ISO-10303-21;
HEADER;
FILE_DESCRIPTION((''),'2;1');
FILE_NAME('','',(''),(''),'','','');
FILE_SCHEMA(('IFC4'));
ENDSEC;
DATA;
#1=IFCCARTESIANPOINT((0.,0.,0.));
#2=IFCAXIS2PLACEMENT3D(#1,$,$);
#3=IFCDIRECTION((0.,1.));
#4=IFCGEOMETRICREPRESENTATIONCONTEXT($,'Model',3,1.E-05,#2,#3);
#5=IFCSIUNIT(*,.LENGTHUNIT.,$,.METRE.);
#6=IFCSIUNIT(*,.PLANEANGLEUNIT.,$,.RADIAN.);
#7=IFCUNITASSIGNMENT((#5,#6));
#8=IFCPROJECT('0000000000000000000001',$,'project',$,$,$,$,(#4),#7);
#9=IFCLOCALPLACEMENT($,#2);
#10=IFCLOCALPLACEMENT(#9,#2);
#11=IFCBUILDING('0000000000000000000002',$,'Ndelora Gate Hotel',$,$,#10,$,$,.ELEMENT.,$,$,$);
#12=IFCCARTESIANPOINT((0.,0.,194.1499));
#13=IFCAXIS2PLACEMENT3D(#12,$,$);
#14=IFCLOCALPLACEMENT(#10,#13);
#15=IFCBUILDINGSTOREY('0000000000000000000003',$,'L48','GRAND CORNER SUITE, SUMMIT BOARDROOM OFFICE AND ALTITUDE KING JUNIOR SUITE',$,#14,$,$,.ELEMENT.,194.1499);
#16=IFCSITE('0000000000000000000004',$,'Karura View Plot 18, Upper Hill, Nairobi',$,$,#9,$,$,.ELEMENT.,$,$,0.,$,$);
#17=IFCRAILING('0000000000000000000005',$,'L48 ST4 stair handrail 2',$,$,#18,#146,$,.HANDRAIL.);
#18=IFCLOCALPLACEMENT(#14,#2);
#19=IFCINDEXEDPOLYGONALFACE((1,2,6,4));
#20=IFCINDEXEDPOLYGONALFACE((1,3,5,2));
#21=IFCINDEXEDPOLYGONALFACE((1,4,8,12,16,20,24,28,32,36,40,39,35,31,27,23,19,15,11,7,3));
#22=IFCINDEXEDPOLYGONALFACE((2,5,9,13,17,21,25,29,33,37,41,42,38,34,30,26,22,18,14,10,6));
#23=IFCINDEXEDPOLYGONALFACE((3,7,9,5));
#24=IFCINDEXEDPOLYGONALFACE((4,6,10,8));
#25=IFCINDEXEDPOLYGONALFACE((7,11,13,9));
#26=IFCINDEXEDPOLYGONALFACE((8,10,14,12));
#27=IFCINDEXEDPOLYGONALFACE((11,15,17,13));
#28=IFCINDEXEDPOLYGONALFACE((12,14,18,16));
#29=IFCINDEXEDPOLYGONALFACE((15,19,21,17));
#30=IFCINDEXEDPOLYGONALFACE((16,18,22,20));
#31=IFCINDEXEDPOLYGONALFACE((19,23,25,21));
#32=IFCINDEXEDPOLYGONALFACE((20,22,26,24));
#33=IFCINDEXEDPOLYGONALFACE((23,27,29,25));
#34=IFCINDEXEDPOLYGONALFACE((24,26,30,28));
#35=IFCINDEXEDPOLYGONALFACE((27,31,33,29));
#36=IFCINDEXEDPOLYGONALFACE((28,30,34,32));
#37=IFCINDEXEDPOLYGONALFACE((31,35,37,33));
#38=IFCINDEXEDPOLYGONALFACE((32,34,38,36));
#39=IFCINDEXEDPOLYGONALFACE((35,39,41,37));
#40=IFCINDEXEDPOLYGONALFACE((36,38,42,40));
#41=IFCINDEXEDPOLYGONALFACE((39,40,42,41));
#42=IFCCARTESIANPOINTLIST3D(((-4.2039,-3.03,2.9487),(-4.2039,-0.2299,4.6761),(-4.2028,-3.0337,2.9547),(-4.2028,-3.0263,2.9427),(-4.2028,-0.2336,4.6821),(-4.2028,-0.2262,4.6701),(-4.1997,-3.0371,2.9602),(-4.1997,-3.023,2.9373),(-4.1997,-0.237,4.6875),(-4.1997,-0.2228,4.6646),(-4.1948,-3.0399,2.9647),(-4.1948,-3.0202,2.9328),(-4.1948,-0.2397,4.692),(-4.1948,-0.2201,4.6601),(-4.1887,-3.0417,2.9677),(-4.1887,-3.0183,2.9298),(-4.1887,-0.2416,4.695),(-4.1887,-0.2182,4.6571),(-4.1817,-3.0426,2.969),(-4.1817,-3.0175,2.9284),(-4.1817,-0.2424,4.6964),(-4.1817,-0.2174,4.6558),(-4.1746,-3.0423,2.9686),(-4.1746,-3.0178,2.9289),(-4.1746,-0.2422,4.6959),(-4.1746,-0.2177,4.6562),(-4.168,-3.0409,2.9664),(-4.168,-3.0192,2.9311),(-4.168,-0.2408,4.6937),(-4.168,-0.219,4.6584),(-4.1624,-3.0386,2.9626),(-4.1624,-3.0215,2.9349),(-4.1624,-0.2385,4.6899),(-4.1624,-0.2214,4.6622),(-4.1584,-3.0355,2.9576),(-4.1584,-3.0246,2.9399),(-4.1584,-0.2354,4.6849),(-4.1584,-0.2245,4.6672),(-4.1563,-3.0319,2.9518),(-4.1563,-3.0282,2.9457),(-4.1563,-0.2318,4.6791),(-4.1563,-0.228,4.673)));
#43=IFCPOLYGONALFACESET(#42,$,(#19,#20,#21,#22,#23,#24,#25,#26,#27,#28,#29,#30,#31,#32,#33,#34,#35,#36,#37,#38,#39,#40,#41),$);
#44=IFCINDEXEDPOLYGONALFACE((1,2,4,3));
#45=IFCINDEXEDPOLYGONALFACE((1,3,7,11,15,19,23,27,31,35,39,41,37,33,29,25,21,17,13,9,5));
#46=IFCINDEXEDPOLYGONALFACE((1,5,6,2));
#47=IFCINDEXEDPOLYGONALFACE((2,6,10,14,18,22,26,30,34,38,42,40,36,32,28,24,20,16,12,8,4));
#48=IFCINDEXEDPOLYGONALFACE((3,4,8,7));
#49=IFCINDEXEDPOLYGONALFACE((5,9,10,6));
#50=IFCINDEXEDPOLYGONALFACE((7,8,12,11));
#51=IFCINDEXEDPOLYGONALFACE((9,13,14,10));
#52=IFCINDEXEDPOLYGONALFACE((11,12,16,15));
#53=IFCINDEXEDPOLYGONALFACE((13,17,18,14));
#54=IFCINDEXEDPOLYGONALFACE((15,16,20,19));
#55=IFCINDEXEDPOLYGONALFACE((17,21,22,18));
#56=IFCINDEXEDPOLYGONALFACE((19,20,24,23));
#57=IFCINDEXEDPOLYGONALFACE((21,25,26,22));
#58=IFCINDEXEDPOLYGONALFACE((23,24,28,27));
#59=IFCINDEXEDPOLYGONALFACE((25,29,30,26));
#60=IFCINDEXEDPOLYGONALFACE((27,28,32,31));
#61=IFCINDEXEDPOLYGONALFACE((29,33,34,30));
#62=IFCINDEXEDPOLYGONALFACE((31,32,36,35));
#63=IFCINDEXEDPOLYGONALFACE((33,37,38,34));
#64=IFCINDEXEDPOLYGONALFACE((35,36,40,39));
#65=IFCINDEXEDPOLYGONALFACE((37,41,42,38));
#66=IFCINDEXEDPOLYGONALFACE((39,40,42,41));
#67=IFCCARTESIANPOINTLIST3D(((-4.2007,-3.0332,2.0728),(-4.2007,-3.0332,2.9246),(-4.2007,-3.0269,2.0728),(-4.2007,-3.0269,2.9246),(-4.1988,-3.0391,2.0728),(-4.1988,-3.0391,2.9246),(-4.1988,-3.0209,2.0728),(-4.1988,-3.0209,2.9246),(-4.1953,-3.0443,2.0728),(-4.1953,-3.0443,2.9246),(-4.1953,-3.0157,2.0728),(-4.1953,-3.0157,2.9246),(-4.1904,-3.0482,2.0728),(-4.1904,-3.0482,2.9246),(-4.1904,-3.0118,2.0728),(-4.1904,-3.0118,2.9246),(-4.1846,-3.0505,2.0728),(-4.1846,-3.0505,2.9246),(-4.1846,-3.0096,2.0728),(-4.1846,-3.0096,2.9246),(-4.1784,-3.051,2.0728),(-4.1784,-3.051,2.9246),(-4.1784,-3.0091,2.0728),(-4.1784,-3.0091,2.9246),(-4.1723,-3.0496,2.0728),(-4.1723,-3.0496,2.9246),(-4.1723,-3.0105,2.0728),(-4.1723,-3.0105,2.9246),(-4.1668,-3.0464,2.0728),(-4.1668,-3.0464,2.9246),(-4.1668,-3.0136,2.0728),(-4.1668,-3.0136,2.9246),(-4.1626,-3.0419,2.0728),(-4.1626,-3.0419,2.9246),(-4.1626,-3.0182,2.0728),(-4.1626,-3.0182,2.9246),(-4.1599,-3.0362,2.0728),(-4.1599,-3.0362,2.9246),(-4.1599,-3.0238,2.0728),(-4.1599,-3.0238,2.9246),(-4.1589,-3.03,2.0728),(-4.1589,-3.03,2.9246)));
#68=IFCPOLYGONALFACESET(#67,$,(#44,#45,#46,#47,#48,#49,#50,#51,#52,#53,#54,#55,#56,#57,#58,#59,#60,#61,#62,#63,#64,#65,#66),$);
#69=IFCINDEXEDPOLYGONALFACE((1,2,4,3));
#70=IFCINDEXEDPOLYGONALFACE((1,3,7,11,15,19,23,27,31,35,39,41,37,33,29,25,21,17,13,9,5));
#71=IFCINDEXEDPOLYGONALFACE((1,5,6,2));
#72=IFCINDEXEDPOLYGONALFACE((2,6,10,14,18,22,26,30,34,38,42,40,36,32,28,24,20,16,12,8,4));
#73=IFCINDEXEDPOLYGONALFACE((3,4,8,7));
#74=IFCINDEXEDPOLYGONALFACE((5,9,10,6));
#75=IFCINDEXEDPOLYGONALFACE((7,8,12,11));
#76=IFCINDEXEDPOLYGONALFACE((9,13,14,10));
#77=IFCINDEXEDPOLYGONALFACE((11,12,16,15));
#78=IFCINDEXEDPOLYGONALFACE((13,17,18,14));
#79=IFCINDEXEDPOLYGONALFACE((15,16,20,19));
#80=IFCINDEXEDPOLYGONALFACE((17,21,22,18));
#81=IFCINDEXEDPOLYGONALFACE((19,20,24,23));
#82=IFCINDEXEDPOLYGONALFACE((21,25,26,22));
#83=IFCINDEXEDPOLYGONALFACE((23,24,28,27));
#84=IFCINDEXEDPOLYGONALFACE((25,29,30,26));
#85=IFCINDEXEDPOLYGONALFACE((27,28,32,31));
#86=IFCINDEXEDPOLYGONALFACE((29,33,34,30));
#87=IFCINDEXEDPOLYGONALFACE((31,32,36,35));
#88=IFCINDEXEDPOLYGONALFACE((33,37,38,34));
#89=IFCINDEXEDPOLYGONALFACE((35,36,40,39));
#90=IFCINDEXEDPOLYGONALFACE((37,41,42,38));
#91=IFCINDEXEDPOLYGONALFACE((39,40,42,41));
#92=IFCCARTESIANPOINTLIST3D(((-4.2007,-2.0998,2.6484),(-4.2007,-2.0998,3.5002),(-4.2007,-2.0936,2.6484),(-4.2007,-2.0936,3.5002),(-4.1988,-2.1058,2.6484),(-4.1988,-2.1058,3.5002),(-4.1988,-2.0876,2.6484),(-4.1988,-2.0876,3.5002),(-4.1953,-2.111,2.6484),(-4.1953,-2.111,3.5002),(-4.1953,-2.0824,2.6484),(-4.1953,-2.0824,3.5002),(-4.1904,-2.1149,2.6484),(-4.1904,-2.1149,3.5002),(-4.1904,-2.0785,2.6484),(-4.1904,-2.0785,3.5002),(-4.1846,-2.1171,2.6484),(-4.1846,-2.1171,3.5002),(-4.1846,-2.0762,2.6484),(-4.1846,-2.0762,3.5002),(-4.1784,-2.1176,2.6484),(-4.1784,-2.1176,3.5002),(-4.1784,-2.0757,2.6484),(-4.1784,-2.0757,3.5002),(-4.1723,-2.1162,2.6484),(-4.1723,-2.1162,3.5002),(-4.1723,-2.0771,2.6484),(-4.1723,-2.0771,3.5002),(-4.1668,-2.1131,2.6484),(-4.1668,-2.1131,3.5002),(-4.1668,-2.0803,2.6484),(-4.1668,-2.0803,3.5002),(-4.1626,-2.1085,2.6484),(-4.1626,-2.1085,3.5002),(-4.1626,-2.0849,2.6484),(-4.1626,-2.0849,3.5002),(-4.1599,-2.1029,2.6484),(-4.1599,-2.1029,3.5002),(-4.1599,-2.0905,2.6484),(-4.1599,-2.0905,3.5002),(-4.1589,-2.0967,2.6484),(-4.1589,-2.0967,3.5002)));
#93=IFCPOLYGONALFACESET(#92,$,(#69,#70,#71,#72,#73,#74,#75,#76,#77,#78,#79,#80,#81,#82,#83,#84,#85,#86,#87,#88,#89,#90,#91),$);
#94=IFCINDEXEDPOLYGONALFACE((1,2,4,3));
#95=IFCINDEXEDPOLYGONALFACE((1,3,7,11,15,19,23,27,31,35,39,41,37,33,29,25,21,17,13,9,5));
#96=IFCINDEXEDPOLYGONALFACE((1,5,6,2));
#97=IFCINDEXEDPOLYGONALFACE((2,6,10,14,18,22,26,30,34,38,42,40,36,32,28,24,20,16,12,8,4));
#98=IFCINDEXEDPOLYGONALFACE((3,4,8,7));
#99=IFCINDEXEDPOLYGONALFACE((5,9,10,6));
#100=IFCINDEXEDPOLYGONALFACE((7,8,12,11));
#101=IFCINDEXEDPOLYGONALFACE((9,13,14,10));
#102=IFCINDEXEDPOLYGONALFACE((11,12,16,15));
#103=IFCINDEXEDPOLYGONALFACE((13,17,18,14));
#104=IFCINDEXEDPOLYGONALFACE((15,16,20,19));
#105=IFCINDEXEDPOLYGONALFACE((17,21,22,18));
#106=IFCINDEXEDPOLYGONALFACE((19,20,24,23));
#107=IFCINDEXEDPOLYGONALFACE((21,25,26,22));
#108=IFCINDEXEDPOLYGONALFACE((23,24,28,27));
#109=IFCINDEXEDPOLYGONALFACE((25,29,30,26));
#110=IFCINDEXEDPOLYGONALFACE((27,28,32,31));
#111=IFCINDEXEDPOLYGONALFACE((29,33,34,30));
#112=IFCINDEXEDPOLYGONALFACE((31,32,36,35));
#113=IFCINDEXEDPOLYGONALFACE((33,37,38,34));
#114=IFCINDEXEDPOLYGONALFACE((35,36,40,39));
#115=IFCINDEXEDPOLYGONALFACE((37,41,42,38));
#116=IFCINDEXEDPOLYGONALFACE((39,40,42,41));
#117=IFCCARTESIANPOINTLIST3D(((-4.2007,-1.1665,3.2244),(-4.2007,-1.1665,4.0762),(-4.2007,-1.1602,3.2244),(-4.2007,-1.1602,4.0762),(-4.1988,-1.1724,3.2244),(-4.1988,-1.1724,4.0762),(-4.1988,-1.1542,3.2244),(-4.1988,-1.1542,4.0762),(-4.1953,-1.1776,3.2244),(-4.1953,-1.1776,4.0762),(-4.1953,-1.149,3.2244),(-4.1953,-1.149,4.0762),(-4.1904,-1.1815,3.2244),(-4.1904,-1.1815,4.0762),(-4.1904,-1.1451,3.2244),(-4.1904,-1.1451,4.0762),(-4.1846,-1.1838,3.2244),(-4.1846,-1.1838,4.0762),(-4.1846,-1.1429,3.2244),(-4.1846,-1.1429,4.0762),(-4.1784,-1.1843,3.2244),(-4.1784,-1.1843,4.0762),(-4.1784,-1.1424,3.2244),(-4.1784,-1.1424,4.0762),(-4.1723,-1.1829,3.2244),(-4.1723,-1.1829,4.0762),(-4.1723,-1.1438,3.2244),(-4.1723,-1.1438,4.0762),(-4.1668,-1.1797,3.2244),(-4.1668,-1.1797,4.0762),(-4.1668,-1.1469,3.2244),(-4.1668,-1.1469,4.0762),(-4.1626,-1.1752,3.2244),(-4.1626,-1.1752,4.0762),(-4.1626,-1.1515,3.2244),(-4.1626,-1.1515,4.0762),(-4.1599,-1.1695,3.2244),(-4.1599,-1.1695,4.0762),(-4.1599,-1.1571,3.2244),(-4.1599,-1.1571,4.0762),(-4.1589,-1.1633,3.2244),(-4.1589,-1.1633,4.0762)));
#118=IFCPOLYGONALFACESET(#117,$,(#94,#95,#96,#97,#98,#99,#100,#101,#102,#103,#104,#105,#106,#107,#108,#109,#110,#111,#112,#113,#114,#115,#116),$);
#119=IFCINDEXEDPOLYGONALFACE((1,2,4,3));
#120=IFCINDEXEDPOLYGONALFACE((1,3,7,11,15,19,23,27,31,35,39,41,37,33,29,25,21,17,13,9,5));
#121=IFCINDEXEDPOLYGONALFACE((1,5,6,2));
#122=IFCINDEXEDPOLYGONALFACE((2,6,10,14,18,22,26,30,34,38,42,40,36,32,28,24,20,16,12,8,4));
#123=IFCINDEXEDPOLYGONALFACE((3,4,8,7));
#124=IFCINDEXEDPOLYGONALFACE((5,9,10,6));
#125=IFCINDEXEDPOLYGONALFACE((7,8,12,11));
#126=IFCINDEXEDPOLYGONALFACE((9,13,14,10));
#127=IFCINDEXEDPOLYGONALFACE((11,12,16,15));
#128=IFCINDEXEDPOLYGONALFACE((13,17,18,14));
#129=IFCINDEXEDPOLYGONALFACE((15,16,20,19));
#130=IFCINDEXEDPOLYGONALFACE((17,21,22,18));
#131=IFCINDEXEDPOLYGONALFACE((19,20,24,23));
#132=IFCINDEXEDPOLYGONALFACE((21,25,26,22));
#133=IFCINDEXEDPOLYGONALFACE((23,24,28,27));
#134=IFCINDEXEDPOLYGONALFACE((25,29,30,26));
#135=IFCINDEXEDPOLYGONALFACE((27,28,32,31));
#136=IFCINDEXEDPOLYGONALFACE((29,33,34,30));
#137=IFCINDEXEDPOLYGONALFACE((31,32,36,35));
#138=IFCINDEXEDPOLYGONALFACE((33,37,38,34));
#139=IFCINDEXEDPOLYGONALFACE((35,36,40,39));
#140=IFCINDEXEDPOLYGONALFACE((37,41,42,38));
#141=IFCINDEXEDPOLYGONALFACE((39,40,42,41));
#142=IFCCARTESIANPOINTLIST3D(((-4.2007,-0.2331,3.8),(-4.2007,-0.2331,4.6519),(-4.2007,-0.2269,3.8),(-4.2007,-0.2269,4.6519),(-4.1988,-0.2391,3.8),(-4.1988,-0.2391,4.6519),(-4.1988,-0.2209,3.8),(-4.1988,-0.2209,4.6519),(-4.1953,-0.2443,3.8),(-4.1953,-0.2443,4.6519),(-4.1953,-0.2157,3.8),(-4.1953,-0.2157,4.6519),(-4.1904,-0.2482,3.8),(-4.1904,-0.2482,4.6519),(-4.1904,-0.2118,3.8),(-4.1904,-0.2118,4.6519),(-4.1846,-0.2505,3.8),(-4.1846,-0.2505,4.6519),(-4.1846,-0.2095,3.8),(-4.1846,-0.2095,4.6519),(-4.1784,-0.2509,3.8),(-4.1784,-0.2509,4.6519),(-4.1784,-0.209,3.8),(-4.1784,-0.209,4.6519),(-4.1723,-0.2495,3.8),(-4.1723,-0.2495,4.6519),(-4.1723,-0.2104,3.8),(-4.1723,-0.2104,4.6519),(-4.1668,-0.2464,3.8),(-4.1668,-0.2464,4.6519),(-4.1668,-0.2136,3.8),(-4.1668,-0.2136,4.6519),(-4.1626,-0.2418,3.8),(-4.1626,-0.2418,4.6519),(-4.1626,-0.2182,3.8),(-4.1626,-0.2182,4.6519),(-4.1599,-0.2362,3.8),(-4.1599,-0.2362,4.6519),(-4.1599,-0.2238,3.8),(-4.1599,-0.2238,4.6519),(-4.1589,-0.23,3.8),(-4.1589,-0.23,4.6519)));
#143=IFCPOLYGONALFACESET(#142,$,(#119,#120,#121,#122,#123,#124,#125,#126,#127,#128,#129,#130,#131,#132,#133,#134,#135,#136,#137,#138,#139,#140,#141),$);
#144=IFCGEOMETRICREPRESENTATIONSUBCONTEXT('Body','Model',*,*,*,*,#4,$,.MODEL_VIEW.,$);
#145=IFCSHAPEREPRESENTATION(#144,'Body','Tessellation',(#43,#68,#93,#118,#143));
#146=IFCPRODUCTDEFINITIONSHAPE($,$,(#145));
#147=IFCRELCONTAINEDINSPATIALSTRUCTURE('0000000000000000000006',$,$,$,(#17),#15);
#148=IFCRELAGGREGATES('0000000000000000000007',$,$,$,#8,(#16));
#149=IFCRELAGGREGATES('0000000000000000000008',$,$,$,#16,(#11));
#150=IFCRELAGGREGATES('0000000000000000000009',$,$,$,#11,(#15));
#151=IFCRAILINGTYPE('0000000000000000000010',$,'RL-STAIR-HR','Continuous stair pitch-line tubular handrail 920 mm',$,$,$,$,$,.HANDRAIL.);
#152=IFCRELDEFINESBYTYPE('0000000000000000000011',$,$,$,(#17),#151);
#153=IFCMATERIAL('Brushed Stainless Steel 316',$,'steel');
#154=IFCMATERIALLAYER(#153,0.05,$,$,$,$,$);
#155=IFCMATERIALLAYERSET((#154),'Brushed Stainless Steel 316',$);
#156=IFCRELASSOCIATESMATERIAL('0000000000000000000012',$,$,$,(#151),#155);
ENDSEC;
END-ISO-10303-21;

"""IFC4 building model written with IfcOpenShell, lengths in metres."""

from ifc_helpers import new_model, si_unit, direction, frame, origin, origin_2d, place, context, subcontext, project, spatial, circle, extrude, material, layer, layer_set, type_object, element, save


model = new_model("IFC4")

# Units and contexts
model_context = context("Model", 3, precision=1e-05, world=origin(), true_north=direction((0.0, 1.0)))
body_context = subcontext(model_context, "Body", "Model", "MODEL_VIEW")
ifc_project = project(units=[si_unit("LENGTHUNIT", "METRE"), si_unit("PLANEANGLEUNIT", "RADIAN")], contexts=[model_context])

# Site, building, storey
site_placement = place(None, origin())
site = spatial("IfcSite", under=ifc_project, at=site_placement, Name="Karura View Plot 18, Upper Hill, Nairobi", CompositionType="ELEMENT", RefElevation=0.0)
building_placement = place(site_placement, origin())
building = spatial("IfcBuilding", under=site, at=building_placement, Name="Ndelora Gate Hotel", CompositionType="ELEMENT")
storey_placement = place(building_placement, frame((0.0, 0.0, 194.1499)))
storey = spatial("IfcBuildingStorey", under=building, at=storey_placement, Name="L48", Description="GRAND CORNER SUITE, SUMMIT BOARDROOM OFFICE AND ALTITUDE KING JUNIOR SUITE", CompositionType="ELEMENT", Elevation=194.1499)

# Railing
ifc_material_1 = material(Name="Brushed Stainless Steel 316", Category="steel")
ifc_layer_1 = layer(ifc_material_1, 0.05)
ifc_layer_set_1 = layer_set([ifc_layer_1], Name="Brushed Stainless Steel 316")
railing_type_1 = type_object("IfcRailingType", Name="RL-STAIR-HR", Description="Continuous stair pitch-line tubular handrail 920 mm", PredefinedType="HANDRAIL", material=ifc_layer_set_1)
railing_1_placement = place(storey_placement, frame((-4.1799, -3.03, 2.0728)))
element("IfcRailing", 1, at=railing_1_placement, inside=storey, type_object=railing_type_1, Name="L48 ST4 stair handrail 2", PredefinedType="HANDRAIL", context=body_context, shape_type="SweptSolid", body=[
    extrude(circle(Radius=0.0239, at=origin_2d()), frame((0.0, 0.0, 0.876), z_axis=(0.0, 0.85109, 0.52502), x_axis=(-1.0, 0.0, 0.0)), (0.0, 0.0, 1.0), 3.29),
    extrude(circle(Radius=0.021, at=origin_2d()), origin(), (0.0, 0.0, 1.0), 0.8518),
    extrude(circle(Radius=0.021, at=origin_2d()), frame((0.0, 0.9333, 0.5757)), (0.0, 0.0, 1.0), 0.8518),
    extrude(circle(Radius=0.021, at=origin_2d()), frame((0.0, 1.8667, 1.1516)), (0.0, 0.0, 1.0), 0.8518),
    extrude(circle(Radius=0.021, at=origin_2d()), frame((0.0, 2.8, 1.7273)), (0.0, 0.0, 1.0), 0.8518),
])

save(model, "model.ifc")
